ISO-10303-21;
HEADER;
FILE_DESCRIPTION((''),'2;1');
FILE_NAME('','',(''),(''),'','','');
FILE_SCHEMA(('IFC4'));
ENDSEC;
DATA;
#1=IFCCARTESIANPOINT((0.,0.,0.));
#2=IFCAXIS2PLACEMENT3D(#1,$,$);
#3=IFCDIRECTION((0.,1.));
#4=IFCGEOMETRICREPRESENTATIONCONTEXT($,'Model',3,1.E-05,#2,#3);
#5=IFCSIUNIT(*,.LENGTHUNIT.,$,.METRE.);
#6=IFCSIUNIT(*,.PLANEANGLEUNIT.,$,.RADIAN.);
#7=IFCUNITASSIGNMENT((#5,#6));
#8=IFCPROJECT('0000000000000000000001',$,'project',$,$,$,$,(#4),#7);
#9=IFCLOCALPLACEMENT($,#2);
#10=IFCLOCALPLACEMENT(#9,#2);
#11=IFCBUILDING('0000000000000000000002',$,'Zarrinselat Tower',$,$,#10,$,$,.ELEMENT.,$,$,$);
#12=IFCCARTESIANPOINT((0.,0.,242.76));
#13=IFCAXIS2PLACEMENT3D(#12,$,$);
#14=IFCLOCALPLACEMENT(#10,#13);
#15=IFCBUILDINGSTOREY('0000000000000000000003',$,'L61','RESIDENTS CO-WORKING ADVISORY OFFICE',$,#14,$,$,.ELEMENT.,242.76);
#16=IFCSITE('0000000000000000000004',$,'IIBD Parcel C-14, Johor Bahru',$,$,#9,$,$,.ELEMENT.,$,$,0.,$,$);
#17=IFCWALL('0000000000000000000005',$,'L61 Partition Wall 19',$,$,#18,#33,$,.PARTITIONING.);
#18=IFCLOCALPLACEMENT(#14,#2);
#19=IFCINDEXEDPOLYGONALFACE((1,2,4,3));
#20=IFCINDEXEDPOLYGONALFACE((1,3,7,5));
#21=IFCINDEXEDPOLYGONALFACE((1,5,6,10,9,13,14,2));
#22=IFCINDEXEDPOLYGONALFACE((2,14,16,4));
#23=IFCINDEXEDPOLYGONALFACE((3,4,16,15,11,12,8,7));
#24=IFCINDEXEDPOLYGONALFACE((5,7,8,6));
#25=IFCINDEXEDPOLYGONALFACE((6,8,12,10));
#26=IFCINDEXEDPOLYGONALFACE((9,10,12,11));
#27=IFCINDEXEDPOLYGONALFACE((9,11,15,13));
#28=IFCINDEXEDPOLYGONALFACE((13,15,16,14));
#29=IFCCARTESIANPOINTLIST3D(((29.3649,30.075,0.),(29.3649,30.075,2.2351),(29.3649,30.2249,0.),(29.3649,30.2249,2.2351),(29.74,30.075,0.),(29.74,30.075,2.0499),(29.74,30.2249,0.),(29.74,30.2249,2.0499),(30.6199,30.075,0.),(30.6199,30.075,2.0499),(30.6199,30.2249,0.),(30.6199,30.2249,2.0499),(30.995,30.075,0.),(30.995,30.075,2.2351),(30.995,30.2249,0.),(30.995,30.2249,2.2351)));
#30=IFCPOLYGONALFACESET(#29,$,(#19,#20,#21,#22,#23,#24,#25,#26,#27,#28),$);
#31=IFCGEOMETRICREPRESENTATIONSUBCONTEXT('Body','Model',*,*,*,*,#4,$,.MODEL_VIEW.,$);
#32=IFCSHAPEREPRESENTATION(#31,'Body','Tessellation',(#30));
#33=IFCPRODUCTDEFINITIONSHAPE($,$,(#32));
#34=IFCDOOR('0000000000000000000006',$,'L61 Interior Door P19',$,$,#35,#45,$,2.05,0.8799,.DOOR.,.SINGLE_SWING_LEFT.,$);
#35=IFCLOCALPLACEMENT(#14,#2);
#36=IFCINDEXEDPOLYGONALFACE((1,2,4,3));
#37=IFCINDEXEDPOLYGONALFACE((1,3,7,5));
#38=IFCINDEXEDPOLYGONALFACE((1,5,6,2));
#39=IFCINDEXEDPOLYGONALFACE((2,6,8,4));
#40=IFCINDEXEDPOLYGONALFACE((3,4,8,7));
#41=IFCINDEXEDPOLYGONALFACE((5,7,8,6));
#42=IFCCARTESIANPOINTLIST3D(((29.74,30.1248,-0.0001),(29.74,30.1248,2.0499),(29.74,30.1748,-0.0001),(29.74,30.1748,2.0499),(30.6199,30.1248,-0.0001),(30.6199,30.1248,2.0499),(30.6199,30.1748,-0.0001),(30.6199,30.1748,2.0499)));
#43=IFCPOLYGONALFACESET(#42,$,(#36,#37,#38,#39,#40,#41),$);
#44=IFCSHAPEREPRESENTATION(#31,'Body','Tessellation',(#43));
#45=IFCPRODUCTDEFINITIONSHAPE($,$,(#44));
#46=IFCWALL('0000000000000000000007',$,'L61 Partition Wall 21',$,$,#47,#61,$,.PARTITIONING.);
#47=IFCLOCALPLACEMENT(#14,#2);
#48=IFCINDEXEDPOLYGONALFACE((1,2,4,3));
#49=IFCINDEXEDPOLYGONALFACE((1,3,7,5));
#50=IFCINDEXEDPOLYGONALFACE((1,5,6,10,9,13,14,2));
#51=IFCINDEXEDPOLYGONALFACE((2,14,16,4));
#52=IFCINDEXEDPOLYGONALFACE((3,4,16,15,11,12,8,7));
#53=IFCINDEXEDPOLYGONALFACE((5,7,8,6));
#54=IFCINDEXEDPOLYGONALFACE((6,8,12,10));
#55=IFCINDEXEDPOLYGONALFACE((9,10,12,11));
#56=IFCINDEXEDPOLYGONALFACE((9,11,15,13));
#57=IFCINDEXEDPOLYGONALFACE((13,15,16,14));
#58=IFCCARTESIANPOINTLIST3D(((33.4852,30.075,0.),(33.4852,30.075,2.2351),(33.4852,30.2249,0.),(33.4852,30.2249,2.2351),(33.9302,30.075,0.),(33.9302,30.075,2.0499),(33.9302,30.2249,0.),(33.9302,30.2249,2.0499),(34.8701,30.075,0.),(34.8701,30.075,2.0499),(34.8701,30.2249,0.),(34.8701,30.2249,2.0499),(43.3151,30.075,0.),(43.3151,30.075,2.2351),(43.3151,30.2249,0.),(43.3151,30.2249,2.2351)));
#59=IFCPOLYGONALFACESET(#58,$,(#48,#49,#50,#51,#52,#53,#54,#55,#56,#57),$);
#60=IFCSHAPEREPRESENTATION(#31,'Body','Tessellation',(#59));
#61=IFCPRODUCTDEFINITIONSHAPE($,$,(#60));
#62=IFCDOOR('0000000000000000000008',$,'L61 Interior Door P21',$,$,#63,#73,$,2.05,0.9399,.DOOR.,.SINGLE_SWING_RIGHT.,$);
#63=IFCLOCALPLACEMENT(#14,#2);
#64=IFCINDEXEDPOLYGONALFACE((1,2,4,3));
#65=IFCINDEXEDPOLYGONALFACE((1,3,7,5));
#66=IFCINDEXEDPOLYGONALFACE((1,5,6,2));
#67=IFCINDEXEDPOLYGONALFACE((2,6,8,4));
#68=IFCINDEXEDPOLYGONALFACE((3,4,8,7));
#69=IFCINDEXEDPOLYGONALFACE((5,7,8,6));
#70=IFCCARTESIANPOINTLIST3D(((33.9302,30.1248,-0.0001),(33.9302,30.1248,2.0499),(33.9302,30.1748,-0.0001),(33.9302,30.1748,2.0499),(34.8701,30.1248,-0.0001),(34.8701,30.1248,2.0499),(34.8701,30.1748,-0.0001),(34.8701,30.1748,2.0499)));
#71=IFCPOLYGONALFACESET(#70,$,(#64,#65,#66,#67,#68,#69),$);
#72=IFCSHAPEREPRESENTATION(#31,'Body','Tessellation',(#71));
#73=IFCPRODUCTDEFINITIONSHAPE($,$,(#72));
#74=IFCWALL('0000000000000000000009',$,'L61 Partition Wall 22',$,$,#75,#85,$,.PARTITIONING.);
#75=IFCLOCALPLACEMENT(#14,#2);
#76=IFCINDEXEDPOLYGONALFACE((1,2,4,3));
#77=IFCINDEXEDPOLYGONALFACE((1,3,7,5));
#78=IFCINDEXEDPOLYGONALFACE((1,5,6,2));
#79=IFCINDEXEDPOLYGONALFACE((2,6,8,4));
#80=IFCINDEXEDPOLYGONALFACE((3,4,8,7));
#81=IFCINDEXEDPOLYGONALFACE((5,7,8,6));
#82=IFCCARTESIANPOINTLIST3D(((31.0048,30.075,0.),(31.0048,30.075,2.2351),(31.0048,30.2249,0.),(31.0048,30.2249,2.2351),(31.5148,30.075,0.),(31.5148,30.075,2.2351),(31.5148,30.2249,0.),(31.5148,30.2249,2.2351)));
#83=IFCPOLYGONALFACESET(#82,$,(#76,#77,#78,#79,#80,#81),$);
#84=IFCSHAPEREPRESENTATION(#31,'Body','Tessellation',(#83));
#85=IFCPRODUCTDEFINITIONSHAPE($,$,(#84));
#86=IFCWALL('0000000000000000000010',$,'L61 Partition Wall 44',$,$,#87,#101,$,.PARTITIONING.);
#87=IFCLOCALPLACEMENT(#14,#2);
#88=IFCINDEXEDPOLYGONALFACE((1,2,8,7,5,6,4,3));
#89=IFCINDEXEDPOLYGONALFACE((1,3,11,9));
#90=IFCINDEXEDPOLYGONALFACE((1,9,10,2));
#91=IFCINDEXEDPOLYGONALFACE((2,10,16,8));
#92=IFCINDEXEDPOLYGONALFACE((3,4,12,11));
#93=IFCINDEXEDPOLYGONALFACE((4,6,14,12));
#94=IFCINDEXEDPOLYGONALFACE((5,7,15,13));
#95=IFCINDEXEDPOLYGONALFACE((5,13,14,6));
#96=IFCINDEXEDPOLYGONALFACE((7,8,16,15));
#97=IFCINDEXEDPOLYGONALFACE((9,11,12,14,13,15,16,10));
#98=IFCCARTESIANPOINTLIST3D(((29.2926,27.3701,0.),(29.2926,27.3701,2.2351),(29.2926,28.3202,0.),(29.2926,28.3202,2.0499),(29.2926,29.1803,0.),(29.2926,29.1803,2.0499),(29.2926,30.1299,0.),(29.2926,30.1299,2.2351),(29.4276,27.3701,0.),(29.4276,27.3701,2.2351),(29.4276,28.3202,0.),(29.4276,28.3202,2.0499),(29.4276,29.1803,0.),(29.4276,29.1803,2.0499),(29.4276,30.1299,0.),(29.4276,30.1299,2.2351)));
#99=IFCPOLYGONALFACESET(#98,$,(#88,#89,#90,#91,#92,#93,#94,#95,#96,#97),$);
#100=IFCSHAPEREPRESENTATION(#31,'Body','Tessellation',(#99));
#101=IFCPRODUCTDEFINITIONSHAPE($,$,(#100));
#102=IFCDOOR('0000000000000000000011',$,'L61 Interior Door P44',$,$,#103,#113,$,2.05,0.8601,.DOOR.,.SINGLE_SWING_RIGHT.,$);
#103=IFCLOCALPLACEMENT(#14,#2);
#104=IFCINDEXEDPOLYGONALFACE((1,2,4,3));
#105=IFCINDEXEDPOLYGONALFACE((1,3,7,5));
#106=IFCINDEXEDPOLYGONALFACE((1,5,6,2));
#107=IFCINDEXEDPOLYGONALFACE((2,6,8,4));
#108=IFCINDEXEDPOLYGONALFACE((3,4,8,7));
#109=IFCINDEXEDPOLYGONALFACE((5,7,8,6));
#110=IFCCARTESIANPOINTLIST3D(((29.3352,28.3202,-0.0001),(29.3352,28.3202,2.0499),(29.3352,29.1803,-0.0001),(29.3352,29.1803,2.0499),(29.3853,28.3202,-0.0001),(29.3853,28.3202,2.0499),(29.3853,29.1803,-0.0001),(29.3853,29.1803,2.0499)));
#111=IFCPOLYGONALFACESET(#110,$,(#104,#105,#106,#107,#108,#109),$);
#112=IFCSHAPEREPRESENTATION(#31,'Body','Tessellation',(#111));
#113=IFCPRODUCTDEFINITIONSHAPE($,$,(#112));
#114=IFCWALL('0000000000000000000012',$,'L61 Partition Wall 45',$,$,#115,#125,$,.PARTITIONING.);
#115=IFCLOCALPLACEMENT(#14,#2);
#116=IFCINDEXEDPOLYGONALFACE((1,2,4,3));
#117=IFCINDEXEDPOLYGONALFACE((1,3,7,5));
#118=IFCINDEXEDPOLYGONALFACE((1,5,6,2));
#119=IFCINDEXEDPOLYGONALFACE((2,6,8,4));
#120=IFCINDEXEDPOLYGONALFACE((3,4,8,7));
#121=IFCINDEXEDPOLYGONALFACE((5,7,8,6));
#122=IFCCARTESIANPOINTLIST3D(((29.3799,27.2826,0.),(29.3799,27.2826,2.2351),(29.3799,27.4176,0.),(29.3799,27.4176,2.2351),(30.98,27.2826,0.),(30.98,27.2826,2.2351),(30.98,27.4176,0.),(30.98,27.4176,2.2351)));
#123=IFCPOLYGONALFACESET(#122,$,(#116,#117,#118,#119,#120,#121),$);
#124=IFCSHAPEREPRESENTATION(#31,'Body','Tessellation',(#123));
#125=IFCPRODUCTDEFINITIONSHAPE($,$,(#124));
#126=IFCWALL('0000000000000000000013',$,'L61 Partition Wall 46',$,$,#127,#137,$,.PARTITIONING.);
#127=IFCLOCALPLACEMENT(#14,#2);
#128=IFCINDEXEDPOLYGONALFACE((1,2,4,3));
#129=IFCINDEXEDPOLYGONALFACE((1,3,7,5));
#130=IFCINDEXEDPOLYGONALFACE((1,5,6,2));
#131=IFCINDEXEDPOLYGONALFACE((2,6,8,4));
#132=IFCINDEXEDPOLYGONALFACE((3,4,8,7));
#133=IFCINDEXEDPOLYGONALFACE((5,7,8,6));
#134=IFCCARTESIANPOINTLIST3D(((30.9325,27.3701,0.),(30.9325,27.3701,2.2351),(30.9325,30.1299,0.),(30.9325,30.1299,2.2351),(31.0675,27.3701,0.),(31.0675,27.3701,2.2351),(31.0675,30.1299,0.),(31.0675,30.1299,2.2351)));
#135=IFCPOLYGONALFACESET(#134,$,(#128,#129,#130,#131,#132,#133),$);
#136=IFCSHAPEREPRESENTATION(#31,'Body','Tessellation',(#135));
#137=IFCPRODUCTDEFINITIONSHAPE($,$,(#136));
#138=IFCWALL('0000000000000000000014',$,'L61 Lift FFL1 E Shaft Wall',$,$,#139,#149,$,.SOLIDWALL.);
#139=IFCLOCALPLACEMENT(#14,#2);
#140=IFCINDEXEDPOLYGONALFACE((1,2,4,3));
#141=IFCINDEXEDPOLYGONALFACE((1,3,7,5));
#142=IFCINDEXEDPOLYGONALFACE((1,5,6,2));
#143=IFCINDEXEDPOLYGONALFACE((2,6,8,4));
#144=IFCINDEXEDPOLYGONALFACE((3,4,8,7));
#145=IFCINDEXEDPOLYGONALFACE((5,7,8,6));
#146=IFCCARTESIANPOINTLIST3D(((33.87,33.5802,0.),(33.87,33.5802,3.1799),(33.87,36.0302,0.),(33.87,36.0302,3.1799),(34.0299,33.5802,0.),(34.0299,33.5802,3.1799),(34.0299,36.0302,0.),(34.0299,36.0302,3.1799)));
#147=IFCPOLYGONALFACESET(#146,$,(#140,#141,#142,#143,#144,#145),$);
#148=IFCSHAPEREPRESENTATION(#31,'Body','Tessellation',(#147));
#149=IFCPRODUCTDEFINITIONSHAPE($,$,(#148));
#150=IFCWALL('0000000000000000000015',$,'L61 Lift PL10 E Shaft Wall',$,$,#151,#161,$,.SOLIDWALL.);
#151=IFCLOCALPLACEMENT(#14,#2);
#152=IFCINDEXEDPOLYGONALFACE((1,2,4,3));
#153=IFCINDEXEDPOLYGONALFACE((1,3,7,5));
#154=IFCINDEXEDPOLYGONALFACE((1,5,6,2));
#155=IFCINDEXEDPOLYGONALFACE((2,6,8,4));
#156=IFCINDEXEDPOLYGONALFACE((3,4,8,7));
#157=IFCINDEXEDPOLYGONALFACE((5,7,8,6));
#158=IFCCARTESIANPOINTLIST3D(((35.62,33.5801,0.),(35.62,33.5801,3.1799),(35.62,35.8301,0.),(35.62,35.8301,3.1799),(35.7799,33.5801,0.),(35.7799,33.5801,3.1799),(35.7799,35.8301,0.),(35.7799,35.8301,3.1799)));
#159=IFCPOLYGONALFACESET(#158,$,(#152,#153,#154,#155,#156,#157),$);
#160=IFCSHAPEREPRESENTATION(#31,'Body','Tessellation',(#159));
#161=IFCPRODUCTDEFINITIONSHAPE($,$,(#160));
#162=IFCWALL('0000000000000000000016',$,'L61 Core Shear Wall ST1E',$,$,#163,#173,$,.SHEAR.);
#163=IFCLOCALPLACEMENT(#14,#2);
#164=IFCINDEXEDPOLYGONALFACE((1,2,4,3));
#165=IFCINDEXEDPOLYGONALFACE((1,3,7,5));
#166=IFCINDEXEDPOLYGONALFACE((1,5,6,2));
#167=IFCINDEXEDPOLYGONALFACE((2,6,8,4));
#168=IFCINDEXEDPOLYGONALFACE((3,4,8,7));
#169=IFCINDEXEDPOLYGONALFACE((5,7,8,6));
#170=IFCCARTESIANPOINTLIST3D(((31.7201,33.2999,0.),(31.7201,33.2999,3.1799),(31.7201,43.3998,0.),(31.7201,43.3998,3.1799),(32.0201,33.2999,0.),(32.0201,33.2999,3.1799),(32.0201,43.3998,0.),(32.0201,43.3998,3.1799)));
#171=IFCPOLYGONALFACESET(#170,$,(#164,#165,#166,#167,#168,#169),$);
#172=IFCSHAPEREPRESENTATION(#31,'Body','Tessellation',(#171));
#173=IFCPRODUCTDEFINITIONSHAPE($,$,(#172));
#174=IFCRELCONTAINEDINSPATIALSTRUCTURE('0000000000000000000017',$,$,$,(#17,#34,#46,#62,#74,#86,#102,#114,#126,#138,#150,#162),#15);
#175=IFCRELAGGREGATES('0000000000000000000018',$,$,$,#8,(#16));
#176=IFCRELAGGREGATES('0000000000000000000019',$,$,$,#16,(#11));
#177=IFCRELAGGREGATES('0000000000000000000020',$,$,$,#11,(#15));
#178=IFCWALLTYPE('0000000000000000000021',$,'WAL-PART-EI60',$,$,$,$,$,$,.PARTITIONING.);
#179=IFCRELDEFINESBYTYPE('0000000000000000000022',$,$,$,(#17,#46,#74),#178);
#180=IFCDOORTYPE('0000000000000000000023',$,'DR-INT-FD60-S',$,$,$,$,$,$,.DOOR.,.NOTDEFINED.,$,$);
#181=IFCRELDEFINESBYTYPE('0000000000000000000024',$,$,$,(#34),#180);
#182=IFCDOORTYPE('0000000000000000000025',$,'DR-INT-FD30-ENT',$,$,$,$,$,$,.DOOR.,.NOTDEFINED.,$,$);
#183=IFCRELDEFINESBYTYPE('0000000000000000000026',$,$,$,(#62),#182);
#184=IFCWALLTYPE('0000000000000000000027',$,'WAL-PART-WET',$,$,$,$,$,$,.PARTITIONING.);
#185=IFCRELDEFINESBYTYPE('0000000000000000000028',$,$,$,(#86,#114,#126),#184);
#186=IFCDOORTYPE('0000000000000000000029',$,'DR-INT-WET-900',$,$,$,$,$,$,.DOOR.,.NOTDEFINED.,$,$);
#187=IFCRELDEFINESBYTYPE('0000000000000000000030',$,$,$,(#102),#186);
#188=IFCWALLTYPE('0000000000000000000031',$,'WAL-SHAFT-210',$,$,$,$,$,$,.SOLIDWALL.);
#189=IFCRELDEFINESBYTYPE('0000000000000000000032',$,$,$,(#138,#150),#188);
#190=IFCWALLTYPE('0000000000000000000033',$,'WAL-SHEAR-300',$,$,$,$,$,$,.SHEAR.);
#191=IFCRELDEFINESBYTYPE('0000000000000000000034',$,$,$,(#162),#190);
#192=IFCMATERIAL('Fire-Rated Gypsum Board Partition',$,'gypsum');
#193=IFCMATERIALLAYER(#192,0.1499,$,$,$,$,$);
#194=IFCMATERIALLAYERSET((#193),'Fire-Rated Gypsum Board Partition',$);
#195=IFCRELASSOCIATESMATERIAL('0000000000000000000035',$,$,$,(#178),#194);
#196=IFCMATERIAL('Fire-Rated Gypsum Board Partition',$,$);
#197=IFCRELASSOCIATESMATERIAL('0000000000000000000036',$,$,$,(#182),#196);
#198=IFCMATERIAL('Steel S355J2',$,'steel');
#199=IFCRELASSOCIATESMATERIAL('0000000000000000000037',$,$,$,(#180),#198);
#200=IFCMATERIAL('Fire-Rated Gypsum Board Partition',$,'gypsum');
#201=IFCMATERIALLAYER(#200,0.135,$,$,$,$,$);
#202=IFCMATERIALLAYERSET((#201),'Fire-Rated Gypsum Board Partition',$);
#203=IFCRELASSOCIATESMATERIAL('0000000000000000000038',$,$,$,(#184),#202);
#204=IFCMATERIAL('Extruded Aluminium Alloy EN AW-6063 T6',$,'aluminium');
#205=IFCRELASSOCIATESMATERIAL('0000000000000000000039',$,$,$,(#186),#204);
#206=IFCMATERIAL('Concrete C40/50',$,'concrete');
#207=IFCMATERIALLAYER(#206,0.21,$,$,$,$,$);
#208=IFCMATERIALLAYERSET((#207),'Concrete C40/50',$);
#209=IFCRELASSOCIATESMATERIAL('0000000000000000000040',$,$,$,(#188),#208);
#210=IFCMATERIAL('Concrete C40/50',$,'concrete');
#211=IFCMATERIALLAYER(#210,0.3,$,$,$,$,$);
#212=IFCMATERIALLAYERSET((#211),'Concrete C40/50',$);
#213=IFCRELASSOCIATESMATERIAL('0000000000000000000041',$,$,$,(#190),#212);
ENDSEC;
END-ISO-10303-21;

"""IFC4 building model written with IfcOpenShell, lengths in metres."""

from ifc_helpers import new_model, si_unit, direction, frame, frame_2d, origin, place, context, subcontext, project, spatial, rectangle, extrude, material, layer, layer_set, type_object, element, fill, save


model = new_model("IFC4")

# Units and contexts
model_context = context("Model", 3, precision=1e-05, world=origin(), true_north=direction((0.0, 1.0)))
body_context = subcontext(model_context, "Body", "Model", "MODEL_VIEW")
ifc_project = project(units=[si_unit("LENGTHUNIT", "METRE"), si_unit("PLANEANGLEUNIT", "RADIAN")], contexts=[model_context])

# Site, building, storey
site_placement = place(None, origin())
site = spatial("IfcSite", under=ifc_project, at=site_placement, Name="IIBD Parcel C-14, Johor Bahru", CompositionType="ELEMENT", RefElevation=0.0)
building_placement = place(site_placement, origin())
building = spatial("IfcBuilding", under=site, at=building_placement, Name="Zarrinselat Tower", CompositionType="ELEMENT")
storey_placement = place(building_placement, frame((0.0, 0.0, 242.76)))
storey = spatial("IfcBuildingStorey", under=building, at=storey_placement, Name="L61", Description="RESIDENTS CO-WORKING ADVISORY OFFICE", CompositionType="ELEMENT", Elevation=242.76)

# Walls, openings, doors
ifc_material_1 = material(Name="Fire-Rated Gypsum Board Partition", Category="gypsum")
ifc_layer_1 = layer(ifc_material_1, 0.1499)
ifc_layer_set_1 = layer_set([ifc_layer_1], Name="Fire-Rated Gypsum Board Partition")
wall_type_1 = type_object("IfcWallType", Name="WAL-PART-EI60", PredefinedType="PARTITIONING", material=ifc_layer_set_1)
ifc_material_2 = material(Name="Fire-Rated Gypsum Board Partition")
door_type_1 = type_object("IfcDoorType", Name="DR-INT-FD30-ENT", OperationType="NOTDEFINED", PredefinedType="DOOR", material=ifc_material_2)
wall_1_placement = place(storey_placement, frame((29.365, 30.1499, 0.0), z_axis=(0.0, 0.0, 1.0), x_axis=(1.0, 0.0, 0.0)))
wall_1 = element("IfcWall", 1, at=wall_1_placement, inside=storey, type_object=wall_type_1, Name="L61 Partition Wall 19", PredefinedType="PARTITIONING", context=body_context, shape_type="SweptSolid", body=[
    extrude(rectangle(XDim=1.6301, YDim=0.1499, at=frame_2d((0.8149, 0.0))), origin(), (0.0, 0.0, 1.0), 2.2351),
])
opening_1_placement = place(wall_1_placement, frame((0.375, 0.0, 0.0)))
opening_1 = element("IfcOpeningElement", 2, at=opening_1_placement, cuts=wall_1, PredefinedType="OPENING", context=body_context, shape_type="SweptSolid", body=[
    extrude(rectangle(XDim=0.8799, YDim=2.05, at=frame_2d((0.4399, 1.0249))), frame((0.0, 0.085, 0.0), z_axis=(0.0, -1.0, 0.0), x_axis=(1.0, 0.0, 0.0)), (0.0, 0.0, 1.0), 0.1699),
])
ifc_material_3 = material(Name="Steel S355J2", Category="steel")
door_type_2 = type_object("IfcDoorType", Name="DR-INT-FD60-S", OperationType="NOTDEFINED", PredefinedType="DOOR", material=ifc_material_3)
door_1_placement = place(opening_1_placement, origin())
door_1 = element("IfcDoor", 3, at=door_1_placement, inside=storey, type_object=door_type_2, Name="L61 Interior Door P19", OperationType="SINGLE_SWING_LEFT", OverallHeight=2.05, OverallWidth=0.8799, PredefinedType="DOOR", context=body_context, shape_type="SweptSolid", body=[
    extrude(rectangle(XDim=0.8799, YDim=2.05, at=frame_2d((0.4399, 1.0249))), frame((0.0, 0.0249, 0.0), z_axis=(0.0, -1.0, 0.0), x_axis=(1.0, 0.0, 0.0)), (0.0, 0.0, 1.0), 0.05),
])
fill(opening_1, door_1)
wall_2_placement = place(storey_placement, frame((33.4851, 30.1499, 0.0), z_axis=(0.0, 0.0, 1.0), x_axis=(1.0, 0.0, 0.0)))
wall_2 = element("IfcWall", 4, at=wall_2_placement, inside=storey, type_object=wall_type_1, Name="L61 Partition Wall 21", PredefinedType="PARTITIONING", context=body_context, shape_type="SweptSolid", body=[
    extrude(rectangle(XDim=9.8298, YDim=0.1499, at=frame_2d((4.915, 0.0))), origin(), (0.0, 0.0, 1.0), 2.2351),
])
opening_2_placement = place(wall_2_placement, frame((0.4451, 0.0, 0.0)))
opening_2 = element("IfcOpeningElement", 5, at=opening_2_placement, cuts=wall_2, PredefinedType="OPENING", context=body_context, shape_type="SweptSolid", body=[
    extrude(rectangle(XDim=0.9399, YDim=2.05, at=frame_2d((0.47, 1.0249))), frame((0.0, 0.085, 0.0), z_axis=(0.0, -1.0, 0.0), x_axis=(1.0, 0.0, 0.0)), (0.0, 0.0, 1.0), 0.1699),
])
door_2_placement = place(opening_2_placement, origin())
door_2 = element("IfcDoor", 6, at=door_2_placement, inside=storey, type_object=door_type_1, Name="L61 Interior Door P21", OperationType="SINGLE_SWING_RIGHT", OverallHeight=2.05, OverallWidth=0.9399, PredefinedType="DOOR", context=body_context, shape_type="SweptSolid", body=[
    extrude(rectangle(XDim=0.9399, YDim=2.05, at=frame_2d((0.47, 1.0249))), frame((0.0, 0.0249, 0.0), z_axis=(0.0, -1.0, 0.0), x_axis=(1.0, 0.0, 0.0)), (0.0, 0.0, 1.0), 0.05),
])
fill(opening_2, door_2)

# Wall
wall_3_placement = place(storey_placement, frame((31.0049, 30.1499, 0.0), z_axis=(0.0, 0.0, 1.0), x_axis=(1.0, 0.0, 0.0)))
element("IfcWall", 7, at=wall_3_placement, inside=storey, type_object=wall_type_1, Name="L61 Partition Wall 22", PredefinedType="PARTITIONING", context=body_context, shape_type="SweptSolid", body=[
    extrude(rectangle(XDim=0.51, YDim=0.1499, at=frame_2d((0.2549, 0.0))), origin(), (0.0, 0.0, 1.0), 2.2351),
])

# Wall, opening, door
ifc_material_4 = material(Name="Fire-Rated Gypsum Board Partition", Category="gypsum")
ifc_layer_2 = layer(ifc_material_4, 0.135)
ifc_layer_set_2 = layer_set([ifc_layer_2], Name="Fire-Rated Gypsum Board Partition")
wall_type_2 = type_object("IfcWallType", Name="WAL-PART-WET", PredefinedType="PARTITIONING", material=ifc_layer_set_2)
wall_4_placement = place(storey_placement, frame((29.3601, 27.3701, 0.0), z_axis=(0.0, 0.0, 1.0), x_axis=(0.0, 1.0, 0.0)))
wall_4 = element("IfcWall", 8, at=wall_4_placement, inside=storey, type_object=wall_type_2, Name="L61 Partition Wall 44", PredefinedType="PARTITIONING", context=body_context, shape_type="SweptSolid", body=[
    extrude(rectangle(XDim=2.7598, YDim=0.135, at=frame_2d((1.3799, 0.0))), origin(), (0.0, 0.0, 1.0), 2.2351),
])
opening_3_placement = place(wall_4_placement, frame((0.95, 0.0, 0.0)))
opening_3 = element("IfcOpeningElement", 9, at=opening_3_placement, cuts=wall_4, PredefinedType="OPENING", context=body_context, shape_type="SweptSolid", body=[
    extrude(rectangle(XDim=0.8601, YDim=2.05, at=frame_2d((0.4302, 1.0249))), frame((0.0, 0.0774, 0.0), z_axis=(0.0, -1.0, 0.0), x_axis=(1.0, 0.0, 0.0)), (0.0, 0.0, 1.0), 0.155),
])
ifc_material_5 = material(Name="Extruded Aluminium Alloy EN AW-6063 T6", Category="aluminium")
door_type_3 = type_object("IfcDoorType", Name="DR-INT-WET-900", OperationType="NOTDEFINED", PredefinedType="DOOR", material=ifc_material_5)
door_3_placement = place(opening_3_placement, origin())
door_3 = element("IfcDoor", 10, at=door_3_placement, inside=storey, type_object=door_type_3, Name="L61 Interior Door P44", OperationType="SINGLE_SWING_RIGHT", OverallHeight=2.05, OverallWidth=0.8601, PredefinedType="DOOR", context=body_context, shape_type="SweptSolid", body=[
    extrude(rectangle(XDim=0.8601, YDim=2.05, at=frame_2d((0.4302, 1.0249))), frame((0.0, 0.0249, 0.0), z_axis=(0.0, -1.0, 0.0), x_axis=(1.0, 0.0, 0.0)), (0.0, 0.0, 1.0), 0.05),
])
fill(opening_3, door_3)

# Walls
wall_5_placement = place(storey_placement, frame((29.3799, 27.3501, 0.0), z_axis=(0.0, 0.0, 1.0), x_axis=(1.0, 0.0, 0.0)))
element("IfcWall", 11, at=wall_5_placement, inside=storey, type_object=wall_type_2, Name="L61 Partition Wall 45", PredefinedType="PARTITIONING", context=body_context, shape_type="SweptSolid", body=[
    extrude(rectangle(XDim=1.6001, YDim=0.135, at=frame_2d((0.8, 0.0))), origin(), (0.0, 0.0, 1.0), 2.2351),
])
wall_6_placement = place(storey_placement, frame((31.0, 27.3701, 0.0), z_axis=(0.0, 0.0, 1.0), x_axis=(0.0, 1.0, 0.0)))
element("IfcWall", 12, at=wall_6_placement, inside=storey, type_object=wall_type_2, Name="L61 Partition Wall 46", PredefinedType="PARTITIONING", context=body_context, shape_type="SweptSolid", body=[
    extrude(rectangle(XDim=2.7598, YDim=0.135, at=frame_2d((1.3799, 0.0))), origin(), (0.0, 0.0, 1.0), 2.2351),
])
ifc_material_6 = material(Name="Concrete C40/50", Category="concrete")
ifc_layer_3 = layer(ifc_material_6, 0.21)
ifc_layer_set_3 = layer_set([ifc_layer_3], Name="Concrete C40/50")
wall_type_3 = type_object("IfcWallType", Name="WAL-SHAFT-210", PredefinedType="SOLIDWALL", material=ifc_layer_set_3)
wall_7_placement = place(storey_placement, frame((33.95, 33.5801, 0.0), z_axis=(0.0, 0.0, 1.0), x_axis=(0.0, 1.0, 0.0)))
element("IfcWall", 13, at=wall_7_placement, inside=storey, type_object=wall_type_3, Name="L61 Lift FFL1 E Shaft Wall", PredefinedType="SOLIDWALL", context=body_context, shape_type="SweptSolid", body=[
    extrude(rectangle(XDim=2.45, YDim=0.1599, at=frame_2d((1.2251, 0.0))), origin(), (0.0, 0.0, 1.0), 3.1799),
])
wall_8_placement = place(storey_placement, frame((35.7, 33.5801, 0.0), z_axis=(0.0, 0.0, 1.0), x_axis=(0.0, 1.0, 0.0)))
element("IfcWall", 14, at=wall_8_placement, inside=storey, type_object=wall_type_3, Name="L61 Lift PL10 E Shaft Wall", PredefinedType="SOLIDWALL", context=body_context, shape_type="SweptSolid", body=[
    extrude(rectangle(XDim=2.25, YDim=0.1599, at=frame_2d((1.125, 0.0))), origin(), (0.0, 0.0, 1.0), 3.1799),
])
ifc_material_7 = material(Name="Concrete C40/50", Category="concrete")
ifc_layer_4 = layer(ifc_material_7, 0.3)
ifc_layer_set_4 = layer_set([ifc_layer_4], Name="Concrete C40/50")
wall_type_4 = type_object("IfcWallType", Name="WAL-SHEAR-300", PredefinedType="SHEAR", material=ifc_layer_set_4)
wall_9_placement = place(storey_placement, frame((31.8701, 33.3, 0.0), z_axis=(0.0, 0.0, 1.0), x_axis=(0.0, 1.0, 0.0)))
element("IfcWall", 15, at=wall_9_placement, inside=storey, type_object=wall_type_4, Name="L61 Core Shear Wall ST1E", PredefinedType="SHEAR", context=body_context, shape_type="SweptSolid", body=[
    extrude(rectangle(XDim=10.0999, YDim=0.3, at=frame_2d((5.0498, 0.0))), origin(), (0.0, 0.0, 1.0), 3.1799),
])

save(model, "model.ifc")
